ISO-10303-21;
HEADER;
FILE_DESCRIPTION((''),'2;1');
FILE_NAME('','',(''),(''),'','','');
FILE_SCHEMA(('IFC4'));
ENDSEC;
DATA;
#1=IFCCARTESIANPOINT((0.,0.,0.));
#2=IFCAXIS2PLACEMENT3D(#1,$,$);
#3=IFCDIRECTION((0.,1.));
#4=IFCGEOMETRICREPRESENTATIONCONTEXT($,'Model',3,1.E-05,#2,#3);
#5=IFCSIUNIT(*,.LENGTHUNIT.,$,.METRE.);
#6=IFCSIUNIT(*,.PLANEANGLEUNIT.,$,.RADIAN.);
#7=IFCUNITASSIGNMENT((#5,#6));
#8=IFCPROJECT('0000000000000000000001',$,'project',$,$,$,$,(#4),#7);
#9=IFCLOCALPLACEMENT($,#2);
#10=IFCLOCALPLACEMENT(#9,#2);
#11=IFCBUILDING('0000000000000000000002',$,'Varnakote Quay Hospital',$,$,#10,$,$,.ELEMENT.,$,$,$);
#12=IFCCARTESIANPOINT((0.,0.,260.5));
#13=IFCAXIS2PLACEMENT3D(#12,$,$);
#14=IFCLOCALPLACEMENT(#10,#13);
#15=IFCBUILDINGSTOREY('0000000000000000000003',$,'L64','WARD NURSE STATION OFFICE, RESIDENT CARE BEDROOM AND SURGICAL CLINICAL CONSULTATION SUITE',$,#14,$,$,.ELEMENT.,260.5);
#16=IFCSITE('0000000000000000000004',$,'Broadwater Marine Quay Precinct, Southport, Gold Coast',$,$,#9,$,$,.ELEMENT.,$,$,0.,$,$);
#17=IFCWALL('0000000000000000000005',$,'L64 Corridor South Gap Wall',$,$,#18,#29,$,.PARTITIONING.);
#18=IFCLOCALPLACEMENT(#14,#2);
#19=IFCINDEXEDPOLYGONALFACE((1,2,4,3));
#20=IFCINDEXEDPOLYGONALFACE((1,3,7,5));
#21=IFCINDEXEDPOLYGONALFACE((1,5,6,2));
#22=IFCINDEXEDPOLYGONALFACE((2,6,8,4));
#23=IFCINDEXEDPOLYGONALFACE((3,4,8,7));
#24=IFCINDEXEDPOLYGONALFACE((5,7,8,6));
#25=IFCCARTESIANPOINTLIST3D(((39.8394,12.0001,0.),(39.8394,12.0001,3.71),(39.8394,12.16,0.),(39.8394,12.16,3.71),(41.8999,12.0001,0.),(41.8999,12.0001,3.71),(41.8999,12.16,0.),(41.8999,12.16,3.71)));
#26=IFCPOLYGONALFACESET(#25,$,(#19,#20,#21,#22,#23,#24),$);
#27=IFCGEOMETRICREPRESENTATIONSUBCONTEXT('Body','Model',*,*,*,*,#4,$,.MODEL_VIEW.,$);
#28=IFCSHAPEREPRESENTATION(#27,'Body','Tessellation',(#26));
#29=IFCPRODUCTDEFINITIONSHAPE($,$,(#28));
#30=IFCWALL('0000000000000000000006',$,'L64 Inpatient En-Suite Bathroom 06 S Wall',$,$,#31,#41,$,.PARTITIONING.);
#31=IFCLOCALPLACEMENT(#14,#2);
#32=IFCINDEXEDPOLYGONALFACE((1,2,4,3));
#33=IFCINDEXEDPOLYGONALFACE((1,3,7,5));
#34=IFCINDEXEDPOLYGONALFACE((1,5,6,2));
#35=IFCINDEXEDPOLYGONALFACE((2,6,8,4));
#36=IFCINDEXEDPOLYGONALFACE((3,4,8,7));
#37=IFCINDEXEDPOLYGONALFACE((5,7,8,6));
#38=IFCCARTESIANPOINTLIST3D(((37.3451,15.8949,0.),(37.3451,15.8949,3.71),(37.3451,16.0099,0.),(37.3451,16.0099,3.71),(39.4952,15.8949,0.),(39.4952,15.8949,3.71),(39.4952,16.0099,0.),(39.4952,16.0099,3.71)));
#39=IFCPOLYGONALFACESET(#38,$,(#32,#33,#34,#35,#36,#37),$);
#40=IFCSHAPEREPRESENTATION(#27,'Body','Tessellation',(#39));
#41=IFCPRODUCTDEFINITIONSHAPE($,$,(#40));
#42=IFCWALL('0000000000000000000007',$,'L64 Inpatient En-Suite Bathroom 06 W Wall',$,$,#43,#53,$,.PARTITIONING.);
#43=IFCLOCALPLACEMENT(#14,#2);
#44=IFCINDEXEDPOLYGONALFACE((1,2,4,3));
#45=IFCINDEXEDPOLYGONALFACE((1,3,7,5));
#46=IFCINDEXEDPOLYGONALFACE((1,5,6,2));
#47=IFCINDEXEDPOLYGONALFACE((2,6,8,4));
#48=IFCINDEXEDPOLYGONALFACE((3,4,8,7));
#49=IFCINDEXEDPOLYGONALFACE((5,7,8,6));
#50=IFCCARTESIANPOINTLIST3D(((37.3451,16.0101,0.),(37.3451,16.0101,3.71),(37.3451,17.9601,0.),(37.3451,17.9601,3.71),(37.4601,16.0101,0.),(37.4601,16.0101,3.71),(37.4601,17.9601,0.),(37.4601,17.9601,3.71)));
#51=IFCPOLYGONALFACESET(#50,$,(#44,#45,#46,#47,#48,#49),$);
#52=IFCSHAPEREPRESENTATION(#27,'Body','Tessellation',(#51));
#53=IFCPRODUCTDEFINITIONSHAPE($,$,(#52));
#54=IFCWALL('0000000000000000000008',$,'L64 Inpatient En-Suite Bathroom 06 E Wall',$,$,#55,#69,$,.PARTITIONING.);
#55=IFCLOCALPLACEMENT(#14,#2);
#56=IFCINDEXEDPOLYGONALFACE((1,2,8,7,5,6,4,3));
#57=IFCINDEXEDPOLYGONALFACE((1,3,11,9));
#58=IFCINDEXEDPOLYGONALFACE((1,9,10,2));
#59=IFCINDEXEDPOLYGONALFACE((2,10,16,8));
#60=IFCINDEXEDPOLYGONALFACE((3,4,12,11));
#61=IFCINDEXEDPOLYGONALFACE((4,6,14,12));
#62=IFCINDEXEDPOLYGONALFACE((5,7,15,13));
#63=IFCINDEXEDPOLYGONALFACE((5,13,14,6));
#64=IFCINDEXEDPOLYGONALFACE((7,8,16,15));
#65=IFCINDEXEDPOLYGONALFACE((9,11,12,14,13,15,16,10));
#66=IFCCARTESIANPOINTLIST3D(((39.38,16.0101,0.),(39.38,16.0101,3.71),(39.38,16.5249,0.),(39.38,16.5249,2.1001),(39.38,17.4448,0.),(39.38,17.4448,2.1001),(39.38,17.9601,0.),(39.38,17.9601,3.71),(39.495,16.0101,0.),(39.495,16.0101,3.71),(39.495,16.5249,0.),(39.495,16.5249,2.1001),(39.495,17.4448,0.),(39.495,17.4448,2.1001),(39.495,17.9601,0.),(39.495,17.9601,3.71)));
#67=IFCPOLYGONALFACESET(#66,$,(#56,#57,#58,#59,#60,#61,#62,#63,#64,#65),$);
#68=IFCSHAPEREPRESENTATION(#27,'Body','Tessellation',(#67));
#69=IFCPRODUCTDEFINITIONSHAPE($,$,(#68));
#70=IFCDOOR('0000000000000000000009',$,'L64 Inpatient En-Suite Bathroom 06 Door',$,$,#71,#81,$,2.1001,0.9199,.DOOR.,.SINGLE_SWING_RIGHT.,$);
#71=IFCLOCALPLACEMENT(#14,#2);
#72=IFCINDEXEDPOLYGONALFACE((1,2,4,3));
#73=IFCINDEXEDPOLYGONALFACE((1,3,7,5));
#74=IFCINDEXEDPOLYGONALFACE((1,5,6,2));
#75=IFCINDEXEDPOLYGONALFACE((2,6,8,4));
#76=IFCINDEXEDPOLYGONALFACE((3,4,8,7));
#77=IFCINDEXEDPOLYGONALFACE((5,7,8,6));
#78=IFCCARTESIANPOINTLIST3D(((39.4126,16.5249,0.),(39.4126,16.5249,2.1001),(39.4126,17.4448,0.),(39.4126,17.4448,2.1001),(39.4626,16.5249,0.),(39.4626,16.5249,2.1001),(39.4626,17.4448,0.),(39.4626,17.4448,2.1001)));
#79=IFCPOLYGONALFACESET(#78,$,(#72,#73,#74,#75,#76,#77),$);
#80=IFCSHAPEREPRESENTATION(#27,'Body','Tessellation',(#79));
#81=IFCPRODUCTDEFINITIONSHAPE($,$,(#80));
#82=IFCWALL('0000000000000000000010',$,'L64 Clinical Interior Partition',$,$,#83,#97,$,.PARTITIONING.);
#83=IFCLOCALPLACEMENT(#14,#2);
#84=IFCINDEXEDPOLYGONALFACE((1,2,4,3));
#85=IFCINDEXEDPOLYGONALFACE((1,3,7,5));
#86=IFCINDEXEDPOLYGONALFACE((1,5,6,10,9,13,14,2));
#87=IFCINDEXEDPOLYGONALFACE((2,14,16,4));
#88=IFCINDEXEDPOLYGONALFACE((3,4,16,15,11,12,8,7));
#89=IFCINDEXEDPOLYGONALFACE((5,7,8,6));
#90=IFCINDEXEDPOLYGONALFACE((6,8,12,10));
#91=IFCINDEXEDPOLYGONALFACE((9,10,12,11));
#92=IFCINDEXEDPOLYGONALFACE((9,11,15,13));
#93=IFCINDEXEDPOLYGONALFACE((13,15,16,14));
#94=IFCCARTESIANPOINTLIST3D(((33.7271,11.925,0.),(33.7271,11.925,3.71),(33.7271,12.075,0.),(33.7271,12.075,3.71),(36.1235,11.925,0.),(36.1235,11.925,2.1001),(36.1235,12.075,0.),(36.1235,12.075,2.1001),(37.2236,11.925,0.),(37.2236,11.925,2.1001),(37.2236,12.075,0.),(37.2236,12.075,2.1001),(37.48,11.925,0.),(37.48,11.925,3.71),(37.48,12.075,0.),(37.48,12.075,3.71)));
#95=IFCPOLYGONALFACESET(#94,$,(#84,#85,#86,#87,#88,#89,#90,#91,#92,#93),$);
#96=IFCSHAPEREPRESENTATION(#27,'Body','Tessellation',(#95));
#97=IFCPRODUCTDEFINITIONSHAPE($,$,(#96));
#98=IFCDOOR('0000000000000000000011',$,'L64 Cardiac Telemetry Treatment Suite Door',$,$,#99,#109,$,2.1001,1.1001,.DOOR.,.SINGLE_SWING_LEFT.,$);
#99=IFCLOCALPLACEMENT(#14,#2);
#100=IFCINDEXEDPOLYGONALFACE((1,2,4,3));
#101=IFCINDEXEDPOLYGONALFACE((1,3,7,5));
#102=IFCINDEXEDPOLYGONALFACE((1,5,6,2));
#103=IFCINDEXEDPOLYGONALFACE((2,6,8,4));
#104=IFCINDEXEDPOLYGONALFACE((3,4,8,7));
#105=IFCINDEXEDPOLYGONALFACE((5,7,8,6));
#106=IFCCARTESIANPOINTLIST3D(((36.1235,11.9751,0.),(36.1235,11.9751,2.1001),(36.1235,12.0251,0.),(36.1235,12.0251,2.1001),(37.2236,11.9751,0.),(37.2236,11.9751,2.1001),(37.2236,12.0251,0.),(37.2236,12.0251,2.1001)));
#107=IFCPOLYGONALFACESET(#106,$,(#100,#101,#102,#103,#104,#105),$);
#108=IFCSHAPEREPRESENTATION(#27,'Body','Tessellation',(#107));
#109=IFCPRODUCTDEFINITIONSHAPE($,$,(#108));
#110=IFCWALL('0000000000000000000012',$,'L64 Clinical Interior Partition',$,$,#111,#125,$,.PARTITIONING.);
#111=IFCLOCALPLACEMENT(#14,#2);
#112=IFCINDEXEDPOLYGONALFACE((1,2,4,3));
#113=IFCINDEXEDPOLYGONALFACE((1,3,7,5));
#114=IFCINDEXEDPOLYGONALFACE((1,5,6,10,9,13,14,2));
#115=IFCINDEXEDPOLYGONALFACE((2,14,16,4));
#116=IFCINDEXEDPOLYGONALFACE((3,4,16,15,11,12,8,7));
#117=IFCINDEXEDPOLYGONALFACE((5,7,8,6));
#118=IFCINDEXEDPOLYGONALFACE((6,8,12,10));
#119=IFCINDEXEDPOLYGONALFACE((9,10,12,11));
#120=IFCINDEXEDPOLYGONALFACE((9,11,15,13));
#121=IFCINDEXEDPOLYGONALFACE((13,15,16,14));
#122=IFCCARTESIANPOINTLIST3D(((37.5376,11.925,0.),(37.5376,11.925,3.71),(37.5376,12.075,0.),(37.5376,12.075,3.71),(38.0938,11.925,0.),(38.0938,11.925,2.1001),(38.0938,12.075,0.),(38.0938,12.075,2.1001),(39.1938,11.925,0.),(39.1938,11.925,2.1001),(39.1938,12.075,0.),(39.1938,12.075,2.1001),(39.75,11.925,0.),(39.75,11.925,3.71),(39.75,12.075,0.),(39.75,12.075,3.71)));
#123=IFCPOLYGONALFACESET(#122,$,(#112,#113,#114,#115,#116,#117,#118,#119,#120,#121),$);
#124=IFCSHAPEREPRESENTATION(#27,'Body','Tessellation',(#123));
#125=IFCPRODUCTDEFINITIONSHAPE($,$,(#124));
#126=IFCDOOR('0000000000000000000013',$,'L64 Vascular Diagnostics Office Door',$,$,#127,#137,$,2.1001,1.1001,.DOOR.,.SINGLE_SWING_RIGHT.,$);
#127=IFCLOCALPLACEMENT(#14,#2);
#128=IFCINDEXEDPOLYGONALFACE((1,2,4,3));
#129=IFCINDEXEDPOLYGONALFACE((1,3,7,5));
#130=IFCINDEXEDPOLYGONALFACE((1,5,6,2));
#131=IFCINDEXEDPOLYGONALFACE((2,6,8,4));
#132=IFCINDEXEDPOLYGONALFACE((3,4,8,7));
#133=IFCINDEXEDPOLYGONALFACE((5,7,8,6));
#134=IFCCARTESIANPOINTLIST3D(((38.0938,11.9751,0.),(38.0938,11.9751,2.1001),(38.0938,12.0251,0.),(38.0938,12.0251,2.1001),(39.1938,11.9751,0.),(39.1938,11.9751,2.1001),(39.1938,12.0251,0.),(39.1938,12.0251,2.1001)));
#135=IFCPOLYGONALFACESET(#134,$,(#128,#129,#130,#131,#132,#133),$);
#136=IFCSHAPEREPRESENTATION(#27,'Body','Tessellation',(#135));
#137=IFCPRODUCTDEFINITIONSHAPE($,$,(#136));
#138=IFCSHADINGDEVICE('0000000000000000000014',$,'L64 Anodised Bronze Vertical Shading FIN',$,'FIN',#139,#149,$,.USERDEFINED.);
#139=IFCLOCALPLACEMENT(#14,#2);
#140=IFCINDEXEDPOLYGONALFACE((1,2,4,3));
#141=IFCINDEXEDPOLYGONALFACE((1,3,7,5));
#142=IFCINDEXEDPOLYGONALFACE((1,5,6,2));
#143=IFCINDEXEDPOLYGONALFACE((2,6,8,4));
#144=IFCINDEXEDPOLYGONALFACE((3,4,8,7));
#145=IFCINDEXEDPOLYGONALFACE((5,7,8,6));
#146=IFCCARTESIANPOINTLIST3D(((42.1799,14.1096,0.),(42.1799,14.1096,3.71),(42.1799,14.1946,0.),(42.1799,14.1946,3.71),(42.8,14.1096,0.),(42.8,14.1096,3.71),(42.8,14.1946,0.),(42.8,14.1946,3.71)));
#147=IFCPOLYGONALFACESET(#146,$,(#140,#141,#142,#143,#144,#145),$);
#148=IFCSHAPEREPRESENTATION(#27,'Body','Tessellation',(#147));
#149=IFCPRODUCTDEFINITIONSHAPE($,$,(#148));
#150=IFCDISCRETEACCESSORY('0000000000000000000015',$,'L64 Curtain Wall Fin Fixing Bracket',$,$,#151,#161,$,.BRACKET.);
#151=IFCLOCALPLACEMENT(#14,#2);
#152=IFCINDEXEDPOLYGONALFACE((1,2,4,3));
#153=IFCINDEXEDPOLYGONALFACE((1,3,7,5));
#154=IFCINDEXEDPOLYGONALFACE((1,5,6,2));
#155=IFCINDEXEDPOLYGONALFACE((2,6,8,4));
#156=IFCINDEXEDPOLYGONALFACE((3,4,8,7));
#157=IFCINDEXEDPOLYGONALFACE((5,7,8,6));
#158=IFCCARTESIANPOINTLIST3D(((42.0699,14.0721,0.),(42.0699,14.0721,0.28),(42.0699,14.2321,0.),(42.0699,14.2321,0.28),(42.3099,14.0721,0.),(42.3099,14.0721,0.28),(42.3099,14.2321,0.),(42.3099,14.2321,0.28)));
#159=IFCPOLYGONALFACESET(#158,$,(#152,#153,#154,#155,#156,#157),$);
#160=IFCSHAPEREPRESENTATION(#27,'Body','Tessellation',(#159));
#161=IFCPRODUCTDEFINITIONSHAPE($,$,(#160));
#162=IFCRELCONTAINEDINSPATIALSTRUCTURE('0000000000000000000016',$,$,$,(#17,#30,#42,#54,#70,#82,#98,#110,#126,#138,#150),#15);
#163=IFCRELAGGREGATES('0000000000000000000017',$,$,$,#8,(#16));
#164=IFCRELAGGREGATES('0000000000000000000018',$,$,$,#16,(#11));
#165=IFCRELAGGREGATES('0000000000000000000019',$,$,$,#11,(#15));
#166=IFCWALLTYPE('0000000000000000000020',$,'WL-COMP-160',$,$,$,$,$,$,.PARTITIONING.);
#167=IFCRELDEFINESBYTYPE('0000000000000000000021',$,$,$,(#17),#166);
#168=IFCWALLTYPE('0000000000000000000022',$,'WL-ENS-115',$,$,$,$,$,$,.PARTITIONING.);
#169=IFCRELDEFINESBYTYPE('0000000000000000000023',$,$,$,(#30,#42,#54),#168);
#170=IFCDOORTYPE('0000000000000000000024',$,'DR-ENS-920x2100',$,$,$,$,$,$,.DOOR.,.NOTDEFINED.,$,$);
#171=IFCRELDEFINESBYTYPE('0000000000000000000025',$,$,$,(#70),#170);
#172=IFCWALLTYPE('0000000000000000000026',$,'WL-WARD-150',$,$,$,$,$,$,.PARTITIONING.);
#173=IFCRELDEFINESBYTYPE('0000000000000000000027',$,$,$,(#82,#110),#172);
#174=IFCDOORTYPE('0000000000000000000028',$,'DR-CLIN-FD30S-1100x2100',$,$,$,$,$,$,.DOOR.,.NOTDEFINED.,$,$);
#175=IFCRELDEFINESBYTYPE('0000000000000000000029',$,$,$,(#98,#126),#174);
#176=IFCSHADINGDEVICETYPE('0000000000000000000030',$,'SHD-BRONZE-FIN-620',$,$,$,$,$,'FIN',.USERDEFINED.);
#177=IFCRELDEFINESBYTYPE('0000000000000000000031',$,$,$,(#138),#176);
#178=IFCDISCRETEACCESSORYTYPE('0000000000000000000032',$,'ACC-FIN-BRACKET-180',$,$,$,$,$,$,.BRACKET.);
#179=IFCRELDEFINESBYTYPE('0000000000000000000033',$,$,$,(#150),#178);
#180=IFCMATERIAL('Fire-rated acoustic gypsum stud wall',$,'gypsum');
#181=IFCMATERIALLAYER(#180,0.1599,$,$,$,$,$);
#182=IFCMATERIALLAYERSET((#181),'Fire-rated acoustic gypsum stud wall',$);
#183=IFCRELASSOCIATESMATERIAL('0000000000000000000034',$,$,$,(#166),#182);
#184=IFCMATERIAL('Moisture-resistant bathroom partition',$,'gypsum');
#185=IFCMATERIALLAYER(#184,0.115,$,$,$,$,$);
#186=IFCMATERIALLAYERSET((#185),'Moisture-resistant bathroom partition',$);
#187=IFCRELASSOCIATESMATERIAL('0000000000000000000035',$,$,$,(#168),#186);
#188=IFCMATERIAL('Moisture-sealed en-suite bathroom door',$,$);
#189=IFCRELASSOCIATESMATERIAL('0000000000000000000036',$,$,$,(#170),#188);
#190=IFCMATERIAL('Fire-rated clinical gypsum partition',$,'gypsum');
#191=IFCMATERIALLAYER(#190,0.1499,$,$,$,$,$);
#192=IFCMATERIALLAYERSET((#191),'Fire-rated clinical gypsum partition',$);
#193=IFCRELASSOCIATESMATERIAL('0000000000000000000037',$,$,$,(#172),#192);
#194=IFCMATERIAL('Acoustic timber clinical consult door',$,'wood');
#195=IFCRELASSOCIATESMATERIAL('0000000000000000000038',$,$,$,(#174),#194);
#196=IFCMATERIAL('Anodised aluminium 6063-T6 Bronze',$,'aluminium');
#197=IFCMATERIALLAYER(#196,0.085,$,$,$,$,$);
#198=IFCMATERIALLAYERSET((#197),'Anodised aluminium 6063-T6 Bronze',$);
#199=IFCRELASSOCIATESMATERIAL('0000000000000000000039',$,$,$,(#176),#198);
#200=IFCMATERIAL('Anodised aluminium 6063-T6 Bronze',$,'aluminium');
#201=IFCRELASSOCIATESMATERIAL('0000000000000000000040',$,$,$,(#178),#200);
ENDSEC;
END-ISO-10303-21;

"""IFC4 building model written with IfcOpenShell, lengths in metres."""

from ifc_helpers import new_model, si_unit, direction, frame, frame_2d, origin, origin_2d, place, context, subcontext, project, spatial, rectangle, extrude, material, layer, layer_set, type_object, element, fill, save


model = new_model("IFC4")

# Units and contexts
model_context = context("Model", 3, precision=1e-05, world=origin(), true_north=direction((0.0, 1.0)))
body_context = subcontext(model_context, "Body", "Model", "MODEL_VIEW")
ifc_project = project(units=[si_unit("LENGTHUNIT", "METRE"), si_unit("PLANEANGLEUNIT", "RADIAN")], contexts=[model_context])

# Site, building, storey
site_placement = place(None, origin())
site = spatial("IfcSite", under=ifc_project, at=site_placement, Name="Broadwater Marine Quay Precinct, Southport, Gold Coast", CompositionType="ELEMENT", RefElevation=0.0)
building_placement = place(site_placement, origin())
building = spatial("IfcBuilding", under=site, at=building_placement, Name="Varnakote Quay Hospital", CompositionType="ELEMENT")
storey_placement = place(building_placement, frame((0.0, 0.0, 260.5)))
storey = spatial("IfcBuildingStorey", under=building, at=storey_placement, Name="L64", Description="WARD NURSE STATION OFFICE, RESIDENT CARE BEDROOM AND SURGICAL CLINICAL CONSULTATION SUITE", CompositionType="ELEMENT", Elevation=260.5)

# Walls
ifc_material_1 = material(Name="Fire-rated acoustic gypsum stud wall", Category="gypsum")
ifc_layer_1 = layer(ifc_material_1, 0.1599)
ifc_layer_set_1 = layer_set([ifc_layer_1], Name="Fire-rated acoustic gypsum stud wall")
wall_type_1 = type_object("IfcWallType", Name="WL-COMP-160", PredefinedType="PARTITIONING", material=ifc_layer_set_1)
wall_1_placement = place(storey_placement, frame((39.8394, 12.0801, 0.0), z_axis=(0.0, 0.0, 1.0), x_axis=(1.0, 0.0, 0.0)))
element("IfcWall", 1, at=wall_1_placement, inside=storey, type_object=wall_type_1, Name="L64 Corridor South Gap Wall", PredefinedType="PARTITIONING", context=body_context, shape_type="SweptSolid", body=[
    extrude(rectangle(XDim=2.0605, YDim=0.1599, at=frame_2d((1.0303, 0.0))), origin(), (0.0, 0.0, 1.0), 3.71),
])
ifc_material_2 = material(Name="Moisture-resistant bathroom partition", Category="gypsum")
ifc_layer_2 = layer(ifc_material_2, 0.115)
ifc_layer_set_2 = layer_set([ifc_layer_2], Name="Moisture-resistant bathroom partition")
wall_type_2 = type_object("IfcWallType", Name="WL-ENS-115", PredefinedType="PARTITIONING", material=ifc_layer_set_2)
wall_2_placement = place(storey_placement, frame((37.345, 15.9524, 0.0), z_axis=(0.0, 0.0, 1.0), x_axis=(1.0, 0.0, 0.0)))
element("IfcWall", 2, at=wall_2_placement, inside=storey, type_object=wall_type_2, Name="L64 Inpatient En-Suite Bathroom 06 S Wall", PredefinedType="PARTITIONING", context=body_context, shape_type="SweptSolid", body=[
    extrude(rectangle(XDim=2.1501, YDim=0.115, at=frame_2d((1.0752, 0.0))), origin(), (0.0, 0.0, 1.0), 3.71),
])
wall_3_placement = place(storey_placement, frame((37.4026, 16.01, 0.0), z_axis=(0.0, 0.0, 1.0), x_axis=(0.0, 1.0, 0.0)))
element("IfcWall", 3, at=wall_3_placement, inside=storey, type_object=wall_type_2, Name="L64 Inpatient En-Suite Bathroom 06 W Wall", PredefinedType="PARTITIONING", context=body_context, shape_type="SweptSolid", body=[
    extrude(rectangle(XDim=1.95, YDim=0.115, at=frame_2d((0.9751, 0.0))), origin(), (0.0, 0.0, 1.0), 3.71),
])

# Walls, openings, doors
wall_4_placement = place(storey_placement, frame((39.4375, 16.01, 0.0), z_axis=(0.0, 0.0, 1.0), x_axis=(0.0, 1.0, 0.0)))
wall_4 = element("IfcWall", 4, at=wall_4_placement, inside=storey, type_object=wall_type_2, Name="L64 Inpatient En-Suite Bathroom 06 E Wall", PredefinedType="PARTITIONING", context=body_context, shape_type="SweptSolid", body=[
    extrude(rectangle(XDim=1.95, YDim=0.115, at=frame_2d((0.9751, 0.0))), origin(), (0.0, 0.0, 1.0), 3.71),
])
opening_1_placement = place(wall_4_placement, frame((0.5149, 0.0, 0.0)))
opening_1 = element("IfcOpeningElement", 5, at=opening_1_placement, cuts=wall_4, PredefinedType="OPENING", context=body_context, shape_type="SweptSolid", body=[
    extrude(rectangle(XDim=0.9199, YDim=2.1001, at=frame_2d((0.46, 1.05))), frame((0.0, 0.0674, 0.0), z_axis=(0.0, -1.0, 0.0), x_axis=(1.0, 0.0, 0.0)), (0.0, 0.0, 1.0), 0.135),
])
ifc_material_3 = material(Name="Moisture-sealed en-suite bathroom door")
door_type_1 = type_object("IfcDoorType", Name="DR-ENS-920x2100", OperationType="NOTDEFINED", PredefinedType="DOOR", material=ifc_material_3)
door_1_placement = place(opening_1_placement, origin())
door_1 = element("IfcDoor", 6, at=door_1_placement, inside=storey, type_object=door_type_1, Name="L64 Inpatient En-Suite Bathroom 06 Door", OperationType="SINGLE_SWING_RIGHT", OverallHeight=2.1001, OverallWidth=0.9199, PredefinedType="DOOR", context=body_context, shape_type="SweptSolid", body=[
    extrude(rectangle(XDim=0.9199, YDim=2.1001, at=frame_2d((0.46, 1.05))), frame((0.0, 0.0249, 0.0), z_axis=(0.0, -1.0, 0.0), x_axis=(1.0, 0.0, 0.0)), (0.0, 0.0, 1.0), 0.05),
])
fill(opening_1, door_1)
ifc_material_4 = material(Name="Fire-rated clinical gypsum partition", Category="gypsum")
ifc_layer_3 = layer(ifc_material_4, 0.1499)
ifc_layer_set_3 = layer_set([ifc_layer_3], Name="Fire-rated clinical gypsum partition")
wall_type_3 = type_object("IfcWallType", Name="WL-WARD-150", PredefinedType="PARTITIONING", material=ifc_layer_set_3)
wall_5_placement = place(storey_placement, frame((37.48, 12.0, 0.0), z_axis=(0.0, 0.0, 1.0), x_axis=(-1.0, 0.0, 0.0)))
wall_5 = element("IfcWall", 7, at=wall_5_placement, inside=storey, type_object=wall_type_3, Name="L64 Clinical Interior Partition", PredefinedType="PARTITIONING", context=body_context, shape_type="SweptSolid", body=[
    extrude(rectangle(XDim=3.7529, YDim=0.1499, at=frame_2d((1.8765, 0.0))), origin(), (0.0, 0.0, 1.0), 3.71),
])
opening_2_placement = place(wall_5_placement, frame((0.2563, 0.0, 0.0)))
opening_2 = element("IfcOpeningElement", 8, at=opening_2_placement, cuts=wall_5, PredefinedType="OPENING", context=body_context, shape_type="SweptSolid", body=[
    extrude(rectangle(XDim=1.1001, YDim=2.1001, at=frame_2d((0.55, 1.05))), frame((0.0, 0.085, 0.0), z_axis=(0.0, -1.0, 0.0), x_axis=(1.0, 0.0, 0.0)), (0.0, 0.0, 1.0), 0.1699),
])
ifc_material_5 = material(Name="Acoustic timber clinical consult door", Category="wood")
door_type_2 = type_object("IfcDoorType", Name="DR-CLIN-FD30S-1100x2100", OperationType="NOTDEFINED", PredefinedType="DOOR", material=ifc_material_5)
door_2_placement = place(opening_2_placement, origin())
door_2 = element("IfcDoor", 9, at=door_2_placement, inside=storey, type_object=door_type_2, Name="L64 Cardiac Telemetry Treatment Suite Door", OperationType="SINGLE_SWING_LEFT", OverallHeight=2.1001, OverallWidth=1.1001, PredefinedType="DOOR", context=body_context, shape_type="SweptSolid", body=[
    extrude(rectangle(XDim=1.1001, YDim=2.1001, at=frame_2d((0.55, 1.05))), frame((0.0, 0.0249, 0.0), z_axis=(0.0, -1.0, 0.0), x_axis=(1.0, 0.0, 0.0)), (0.0, 0.0, 1.0), 0.05),
])
fill(opening_2, door_2)
wall_6_placement = place(storey_placement, frame((39.75, 12.0, 0.0), z_axis=(0.0, 0.0, 1.0), x_axis=(-1.0, 0.0, 0.0)))
wall_6 = element("IfcWall", 10, at=wall_6_placement, inside=storey, type_object=wall_type_3, Name="L64 Clinical Interior Partition", PredefinedType="PARTITIONING", context=body_context, shape_type="SweptSolid", body=[
    extrude(rectangle(XDim=2.2124, YDim=0.1499, at=frame_2d((1.1062, 0.0))), origin(), (0.0, 0.0, 1.0), 3.71),
])
opening_3_placement = place(wall_6_placement, frame((0.5562, 0.0, 0.0)))
opening_3 = element("IfcOpeningElement", 11, at=opening_3_placement, cuts=wall_6, PredefinedType="OPENING", context=body_context, shape_type="SweptSolid", body=[
    extrude(rectangle(XDim=1.1001, YDim=2.1001, at=frame_2d((0.55, 1.05))), frame((0.0, 0.085, 0.0), z_axis=(0.0, -1.0, 0.0), x_axis=(1.0, 0.0, 0.0)), (0.0, 0.0, 1.0), 0.1699),
])
door_3_placement = place(opening_3_placement, origin())
door_3 = element("IfcDoor", 12, at=door_3_placement, inside=storey, type_object=door_type_2, Name="L64 Vascular Diagnostics Office Door", OperationType="SINGLE_SWING_RIGHT", OverallHeight=2.1001, OverallWidth=1.1001, PredefinedType="DOOR", context=body_context, shape_type="SweptSolid", body=[
    extrude(rectangle(XDim=1.1001, YDim=2.1001, at=frame_2d((0.55, 1.05))), frame((0.0, 0.0249, 0.0), z_axis=(0.0, -1.0, 0.0), x_axis=(1.0, 0.0, 0.0)), (0.0, 0.0, 1.0), 0.05),
])
fill(opening_3, door_3)

# Shading device
ifc_material_6 = material(Name="Anodised aluminium 6063-T6 Bronze", Category="aluminium")
ifc_layer_4 = layer(ifc_material_6, 0.085)
ifc_layer_set_4 = layer_set([ifc_layer_4], Name="Anodised aluminium 6063-T6 Bronze")
shading_device_type = type_object("IfcShadingDeviceType", Name="SHD-BRONZE-FIN-620", ElementType="FIN", PredefinedType="USERDEFINED", material=ifc_layer_set_4)
shading_device_placement = place(storey_placement, frame((42.49, 14.1521, 0.0), z_axis=(0.0, 0.0, 1.0), x_axis=(-1.0, 0.0, 0.0)))
element("IfcShadingDevice", 13, at=shading_device_placement, inside=storey, type_object=shading_device_type, Name="L64 Anodised Bronze Vertical Shading FIN", ObjectType="FIN", PredefinedType="USERDEFINED", context=body_context, shape_type="SweptSolid", body=[
    extrude(rectangle(XDim=0.6201, YDim=0.085, at=origin_2d()), origin(), (0.0, 0.0, 1.0), 3.71),
])

# Discrete accessory
ifc_material_7 = material(Name="Anodised aluminium 6063-T6 Bronze", Category="aluminium")
discrete_accessory_type = type_object("IfcDiscreteAccessoryType", Name="ACC-FIN-BRACKET-180", PredefinedType="BRACKET", material=ifc_material_7)
discrete_accessory_placement = place(storey_placement, frame((42.1899, 14.1521, 0.0), z_axis=(0.0, 0.0, 1.0), x_axis=(0.0, 1.0, 0.0)))
element("IfcDiscreteAccessory", 14, at=discrete_accessory_placement, inside=storey, type_object=discrete_accessory_type, Name="L64 Curtain Wall Fin Fixing Bracket", PredefinedType="BRACKET", context=body_context, shape_type="SweptSolid", body=[
    extrude(rectangle(XDim=0.1599, YDim=0.24, at=origin_2d()), origin(), (0.0, 0.0, 1.0), 0.28),
])

save(model, "model.ifc")
